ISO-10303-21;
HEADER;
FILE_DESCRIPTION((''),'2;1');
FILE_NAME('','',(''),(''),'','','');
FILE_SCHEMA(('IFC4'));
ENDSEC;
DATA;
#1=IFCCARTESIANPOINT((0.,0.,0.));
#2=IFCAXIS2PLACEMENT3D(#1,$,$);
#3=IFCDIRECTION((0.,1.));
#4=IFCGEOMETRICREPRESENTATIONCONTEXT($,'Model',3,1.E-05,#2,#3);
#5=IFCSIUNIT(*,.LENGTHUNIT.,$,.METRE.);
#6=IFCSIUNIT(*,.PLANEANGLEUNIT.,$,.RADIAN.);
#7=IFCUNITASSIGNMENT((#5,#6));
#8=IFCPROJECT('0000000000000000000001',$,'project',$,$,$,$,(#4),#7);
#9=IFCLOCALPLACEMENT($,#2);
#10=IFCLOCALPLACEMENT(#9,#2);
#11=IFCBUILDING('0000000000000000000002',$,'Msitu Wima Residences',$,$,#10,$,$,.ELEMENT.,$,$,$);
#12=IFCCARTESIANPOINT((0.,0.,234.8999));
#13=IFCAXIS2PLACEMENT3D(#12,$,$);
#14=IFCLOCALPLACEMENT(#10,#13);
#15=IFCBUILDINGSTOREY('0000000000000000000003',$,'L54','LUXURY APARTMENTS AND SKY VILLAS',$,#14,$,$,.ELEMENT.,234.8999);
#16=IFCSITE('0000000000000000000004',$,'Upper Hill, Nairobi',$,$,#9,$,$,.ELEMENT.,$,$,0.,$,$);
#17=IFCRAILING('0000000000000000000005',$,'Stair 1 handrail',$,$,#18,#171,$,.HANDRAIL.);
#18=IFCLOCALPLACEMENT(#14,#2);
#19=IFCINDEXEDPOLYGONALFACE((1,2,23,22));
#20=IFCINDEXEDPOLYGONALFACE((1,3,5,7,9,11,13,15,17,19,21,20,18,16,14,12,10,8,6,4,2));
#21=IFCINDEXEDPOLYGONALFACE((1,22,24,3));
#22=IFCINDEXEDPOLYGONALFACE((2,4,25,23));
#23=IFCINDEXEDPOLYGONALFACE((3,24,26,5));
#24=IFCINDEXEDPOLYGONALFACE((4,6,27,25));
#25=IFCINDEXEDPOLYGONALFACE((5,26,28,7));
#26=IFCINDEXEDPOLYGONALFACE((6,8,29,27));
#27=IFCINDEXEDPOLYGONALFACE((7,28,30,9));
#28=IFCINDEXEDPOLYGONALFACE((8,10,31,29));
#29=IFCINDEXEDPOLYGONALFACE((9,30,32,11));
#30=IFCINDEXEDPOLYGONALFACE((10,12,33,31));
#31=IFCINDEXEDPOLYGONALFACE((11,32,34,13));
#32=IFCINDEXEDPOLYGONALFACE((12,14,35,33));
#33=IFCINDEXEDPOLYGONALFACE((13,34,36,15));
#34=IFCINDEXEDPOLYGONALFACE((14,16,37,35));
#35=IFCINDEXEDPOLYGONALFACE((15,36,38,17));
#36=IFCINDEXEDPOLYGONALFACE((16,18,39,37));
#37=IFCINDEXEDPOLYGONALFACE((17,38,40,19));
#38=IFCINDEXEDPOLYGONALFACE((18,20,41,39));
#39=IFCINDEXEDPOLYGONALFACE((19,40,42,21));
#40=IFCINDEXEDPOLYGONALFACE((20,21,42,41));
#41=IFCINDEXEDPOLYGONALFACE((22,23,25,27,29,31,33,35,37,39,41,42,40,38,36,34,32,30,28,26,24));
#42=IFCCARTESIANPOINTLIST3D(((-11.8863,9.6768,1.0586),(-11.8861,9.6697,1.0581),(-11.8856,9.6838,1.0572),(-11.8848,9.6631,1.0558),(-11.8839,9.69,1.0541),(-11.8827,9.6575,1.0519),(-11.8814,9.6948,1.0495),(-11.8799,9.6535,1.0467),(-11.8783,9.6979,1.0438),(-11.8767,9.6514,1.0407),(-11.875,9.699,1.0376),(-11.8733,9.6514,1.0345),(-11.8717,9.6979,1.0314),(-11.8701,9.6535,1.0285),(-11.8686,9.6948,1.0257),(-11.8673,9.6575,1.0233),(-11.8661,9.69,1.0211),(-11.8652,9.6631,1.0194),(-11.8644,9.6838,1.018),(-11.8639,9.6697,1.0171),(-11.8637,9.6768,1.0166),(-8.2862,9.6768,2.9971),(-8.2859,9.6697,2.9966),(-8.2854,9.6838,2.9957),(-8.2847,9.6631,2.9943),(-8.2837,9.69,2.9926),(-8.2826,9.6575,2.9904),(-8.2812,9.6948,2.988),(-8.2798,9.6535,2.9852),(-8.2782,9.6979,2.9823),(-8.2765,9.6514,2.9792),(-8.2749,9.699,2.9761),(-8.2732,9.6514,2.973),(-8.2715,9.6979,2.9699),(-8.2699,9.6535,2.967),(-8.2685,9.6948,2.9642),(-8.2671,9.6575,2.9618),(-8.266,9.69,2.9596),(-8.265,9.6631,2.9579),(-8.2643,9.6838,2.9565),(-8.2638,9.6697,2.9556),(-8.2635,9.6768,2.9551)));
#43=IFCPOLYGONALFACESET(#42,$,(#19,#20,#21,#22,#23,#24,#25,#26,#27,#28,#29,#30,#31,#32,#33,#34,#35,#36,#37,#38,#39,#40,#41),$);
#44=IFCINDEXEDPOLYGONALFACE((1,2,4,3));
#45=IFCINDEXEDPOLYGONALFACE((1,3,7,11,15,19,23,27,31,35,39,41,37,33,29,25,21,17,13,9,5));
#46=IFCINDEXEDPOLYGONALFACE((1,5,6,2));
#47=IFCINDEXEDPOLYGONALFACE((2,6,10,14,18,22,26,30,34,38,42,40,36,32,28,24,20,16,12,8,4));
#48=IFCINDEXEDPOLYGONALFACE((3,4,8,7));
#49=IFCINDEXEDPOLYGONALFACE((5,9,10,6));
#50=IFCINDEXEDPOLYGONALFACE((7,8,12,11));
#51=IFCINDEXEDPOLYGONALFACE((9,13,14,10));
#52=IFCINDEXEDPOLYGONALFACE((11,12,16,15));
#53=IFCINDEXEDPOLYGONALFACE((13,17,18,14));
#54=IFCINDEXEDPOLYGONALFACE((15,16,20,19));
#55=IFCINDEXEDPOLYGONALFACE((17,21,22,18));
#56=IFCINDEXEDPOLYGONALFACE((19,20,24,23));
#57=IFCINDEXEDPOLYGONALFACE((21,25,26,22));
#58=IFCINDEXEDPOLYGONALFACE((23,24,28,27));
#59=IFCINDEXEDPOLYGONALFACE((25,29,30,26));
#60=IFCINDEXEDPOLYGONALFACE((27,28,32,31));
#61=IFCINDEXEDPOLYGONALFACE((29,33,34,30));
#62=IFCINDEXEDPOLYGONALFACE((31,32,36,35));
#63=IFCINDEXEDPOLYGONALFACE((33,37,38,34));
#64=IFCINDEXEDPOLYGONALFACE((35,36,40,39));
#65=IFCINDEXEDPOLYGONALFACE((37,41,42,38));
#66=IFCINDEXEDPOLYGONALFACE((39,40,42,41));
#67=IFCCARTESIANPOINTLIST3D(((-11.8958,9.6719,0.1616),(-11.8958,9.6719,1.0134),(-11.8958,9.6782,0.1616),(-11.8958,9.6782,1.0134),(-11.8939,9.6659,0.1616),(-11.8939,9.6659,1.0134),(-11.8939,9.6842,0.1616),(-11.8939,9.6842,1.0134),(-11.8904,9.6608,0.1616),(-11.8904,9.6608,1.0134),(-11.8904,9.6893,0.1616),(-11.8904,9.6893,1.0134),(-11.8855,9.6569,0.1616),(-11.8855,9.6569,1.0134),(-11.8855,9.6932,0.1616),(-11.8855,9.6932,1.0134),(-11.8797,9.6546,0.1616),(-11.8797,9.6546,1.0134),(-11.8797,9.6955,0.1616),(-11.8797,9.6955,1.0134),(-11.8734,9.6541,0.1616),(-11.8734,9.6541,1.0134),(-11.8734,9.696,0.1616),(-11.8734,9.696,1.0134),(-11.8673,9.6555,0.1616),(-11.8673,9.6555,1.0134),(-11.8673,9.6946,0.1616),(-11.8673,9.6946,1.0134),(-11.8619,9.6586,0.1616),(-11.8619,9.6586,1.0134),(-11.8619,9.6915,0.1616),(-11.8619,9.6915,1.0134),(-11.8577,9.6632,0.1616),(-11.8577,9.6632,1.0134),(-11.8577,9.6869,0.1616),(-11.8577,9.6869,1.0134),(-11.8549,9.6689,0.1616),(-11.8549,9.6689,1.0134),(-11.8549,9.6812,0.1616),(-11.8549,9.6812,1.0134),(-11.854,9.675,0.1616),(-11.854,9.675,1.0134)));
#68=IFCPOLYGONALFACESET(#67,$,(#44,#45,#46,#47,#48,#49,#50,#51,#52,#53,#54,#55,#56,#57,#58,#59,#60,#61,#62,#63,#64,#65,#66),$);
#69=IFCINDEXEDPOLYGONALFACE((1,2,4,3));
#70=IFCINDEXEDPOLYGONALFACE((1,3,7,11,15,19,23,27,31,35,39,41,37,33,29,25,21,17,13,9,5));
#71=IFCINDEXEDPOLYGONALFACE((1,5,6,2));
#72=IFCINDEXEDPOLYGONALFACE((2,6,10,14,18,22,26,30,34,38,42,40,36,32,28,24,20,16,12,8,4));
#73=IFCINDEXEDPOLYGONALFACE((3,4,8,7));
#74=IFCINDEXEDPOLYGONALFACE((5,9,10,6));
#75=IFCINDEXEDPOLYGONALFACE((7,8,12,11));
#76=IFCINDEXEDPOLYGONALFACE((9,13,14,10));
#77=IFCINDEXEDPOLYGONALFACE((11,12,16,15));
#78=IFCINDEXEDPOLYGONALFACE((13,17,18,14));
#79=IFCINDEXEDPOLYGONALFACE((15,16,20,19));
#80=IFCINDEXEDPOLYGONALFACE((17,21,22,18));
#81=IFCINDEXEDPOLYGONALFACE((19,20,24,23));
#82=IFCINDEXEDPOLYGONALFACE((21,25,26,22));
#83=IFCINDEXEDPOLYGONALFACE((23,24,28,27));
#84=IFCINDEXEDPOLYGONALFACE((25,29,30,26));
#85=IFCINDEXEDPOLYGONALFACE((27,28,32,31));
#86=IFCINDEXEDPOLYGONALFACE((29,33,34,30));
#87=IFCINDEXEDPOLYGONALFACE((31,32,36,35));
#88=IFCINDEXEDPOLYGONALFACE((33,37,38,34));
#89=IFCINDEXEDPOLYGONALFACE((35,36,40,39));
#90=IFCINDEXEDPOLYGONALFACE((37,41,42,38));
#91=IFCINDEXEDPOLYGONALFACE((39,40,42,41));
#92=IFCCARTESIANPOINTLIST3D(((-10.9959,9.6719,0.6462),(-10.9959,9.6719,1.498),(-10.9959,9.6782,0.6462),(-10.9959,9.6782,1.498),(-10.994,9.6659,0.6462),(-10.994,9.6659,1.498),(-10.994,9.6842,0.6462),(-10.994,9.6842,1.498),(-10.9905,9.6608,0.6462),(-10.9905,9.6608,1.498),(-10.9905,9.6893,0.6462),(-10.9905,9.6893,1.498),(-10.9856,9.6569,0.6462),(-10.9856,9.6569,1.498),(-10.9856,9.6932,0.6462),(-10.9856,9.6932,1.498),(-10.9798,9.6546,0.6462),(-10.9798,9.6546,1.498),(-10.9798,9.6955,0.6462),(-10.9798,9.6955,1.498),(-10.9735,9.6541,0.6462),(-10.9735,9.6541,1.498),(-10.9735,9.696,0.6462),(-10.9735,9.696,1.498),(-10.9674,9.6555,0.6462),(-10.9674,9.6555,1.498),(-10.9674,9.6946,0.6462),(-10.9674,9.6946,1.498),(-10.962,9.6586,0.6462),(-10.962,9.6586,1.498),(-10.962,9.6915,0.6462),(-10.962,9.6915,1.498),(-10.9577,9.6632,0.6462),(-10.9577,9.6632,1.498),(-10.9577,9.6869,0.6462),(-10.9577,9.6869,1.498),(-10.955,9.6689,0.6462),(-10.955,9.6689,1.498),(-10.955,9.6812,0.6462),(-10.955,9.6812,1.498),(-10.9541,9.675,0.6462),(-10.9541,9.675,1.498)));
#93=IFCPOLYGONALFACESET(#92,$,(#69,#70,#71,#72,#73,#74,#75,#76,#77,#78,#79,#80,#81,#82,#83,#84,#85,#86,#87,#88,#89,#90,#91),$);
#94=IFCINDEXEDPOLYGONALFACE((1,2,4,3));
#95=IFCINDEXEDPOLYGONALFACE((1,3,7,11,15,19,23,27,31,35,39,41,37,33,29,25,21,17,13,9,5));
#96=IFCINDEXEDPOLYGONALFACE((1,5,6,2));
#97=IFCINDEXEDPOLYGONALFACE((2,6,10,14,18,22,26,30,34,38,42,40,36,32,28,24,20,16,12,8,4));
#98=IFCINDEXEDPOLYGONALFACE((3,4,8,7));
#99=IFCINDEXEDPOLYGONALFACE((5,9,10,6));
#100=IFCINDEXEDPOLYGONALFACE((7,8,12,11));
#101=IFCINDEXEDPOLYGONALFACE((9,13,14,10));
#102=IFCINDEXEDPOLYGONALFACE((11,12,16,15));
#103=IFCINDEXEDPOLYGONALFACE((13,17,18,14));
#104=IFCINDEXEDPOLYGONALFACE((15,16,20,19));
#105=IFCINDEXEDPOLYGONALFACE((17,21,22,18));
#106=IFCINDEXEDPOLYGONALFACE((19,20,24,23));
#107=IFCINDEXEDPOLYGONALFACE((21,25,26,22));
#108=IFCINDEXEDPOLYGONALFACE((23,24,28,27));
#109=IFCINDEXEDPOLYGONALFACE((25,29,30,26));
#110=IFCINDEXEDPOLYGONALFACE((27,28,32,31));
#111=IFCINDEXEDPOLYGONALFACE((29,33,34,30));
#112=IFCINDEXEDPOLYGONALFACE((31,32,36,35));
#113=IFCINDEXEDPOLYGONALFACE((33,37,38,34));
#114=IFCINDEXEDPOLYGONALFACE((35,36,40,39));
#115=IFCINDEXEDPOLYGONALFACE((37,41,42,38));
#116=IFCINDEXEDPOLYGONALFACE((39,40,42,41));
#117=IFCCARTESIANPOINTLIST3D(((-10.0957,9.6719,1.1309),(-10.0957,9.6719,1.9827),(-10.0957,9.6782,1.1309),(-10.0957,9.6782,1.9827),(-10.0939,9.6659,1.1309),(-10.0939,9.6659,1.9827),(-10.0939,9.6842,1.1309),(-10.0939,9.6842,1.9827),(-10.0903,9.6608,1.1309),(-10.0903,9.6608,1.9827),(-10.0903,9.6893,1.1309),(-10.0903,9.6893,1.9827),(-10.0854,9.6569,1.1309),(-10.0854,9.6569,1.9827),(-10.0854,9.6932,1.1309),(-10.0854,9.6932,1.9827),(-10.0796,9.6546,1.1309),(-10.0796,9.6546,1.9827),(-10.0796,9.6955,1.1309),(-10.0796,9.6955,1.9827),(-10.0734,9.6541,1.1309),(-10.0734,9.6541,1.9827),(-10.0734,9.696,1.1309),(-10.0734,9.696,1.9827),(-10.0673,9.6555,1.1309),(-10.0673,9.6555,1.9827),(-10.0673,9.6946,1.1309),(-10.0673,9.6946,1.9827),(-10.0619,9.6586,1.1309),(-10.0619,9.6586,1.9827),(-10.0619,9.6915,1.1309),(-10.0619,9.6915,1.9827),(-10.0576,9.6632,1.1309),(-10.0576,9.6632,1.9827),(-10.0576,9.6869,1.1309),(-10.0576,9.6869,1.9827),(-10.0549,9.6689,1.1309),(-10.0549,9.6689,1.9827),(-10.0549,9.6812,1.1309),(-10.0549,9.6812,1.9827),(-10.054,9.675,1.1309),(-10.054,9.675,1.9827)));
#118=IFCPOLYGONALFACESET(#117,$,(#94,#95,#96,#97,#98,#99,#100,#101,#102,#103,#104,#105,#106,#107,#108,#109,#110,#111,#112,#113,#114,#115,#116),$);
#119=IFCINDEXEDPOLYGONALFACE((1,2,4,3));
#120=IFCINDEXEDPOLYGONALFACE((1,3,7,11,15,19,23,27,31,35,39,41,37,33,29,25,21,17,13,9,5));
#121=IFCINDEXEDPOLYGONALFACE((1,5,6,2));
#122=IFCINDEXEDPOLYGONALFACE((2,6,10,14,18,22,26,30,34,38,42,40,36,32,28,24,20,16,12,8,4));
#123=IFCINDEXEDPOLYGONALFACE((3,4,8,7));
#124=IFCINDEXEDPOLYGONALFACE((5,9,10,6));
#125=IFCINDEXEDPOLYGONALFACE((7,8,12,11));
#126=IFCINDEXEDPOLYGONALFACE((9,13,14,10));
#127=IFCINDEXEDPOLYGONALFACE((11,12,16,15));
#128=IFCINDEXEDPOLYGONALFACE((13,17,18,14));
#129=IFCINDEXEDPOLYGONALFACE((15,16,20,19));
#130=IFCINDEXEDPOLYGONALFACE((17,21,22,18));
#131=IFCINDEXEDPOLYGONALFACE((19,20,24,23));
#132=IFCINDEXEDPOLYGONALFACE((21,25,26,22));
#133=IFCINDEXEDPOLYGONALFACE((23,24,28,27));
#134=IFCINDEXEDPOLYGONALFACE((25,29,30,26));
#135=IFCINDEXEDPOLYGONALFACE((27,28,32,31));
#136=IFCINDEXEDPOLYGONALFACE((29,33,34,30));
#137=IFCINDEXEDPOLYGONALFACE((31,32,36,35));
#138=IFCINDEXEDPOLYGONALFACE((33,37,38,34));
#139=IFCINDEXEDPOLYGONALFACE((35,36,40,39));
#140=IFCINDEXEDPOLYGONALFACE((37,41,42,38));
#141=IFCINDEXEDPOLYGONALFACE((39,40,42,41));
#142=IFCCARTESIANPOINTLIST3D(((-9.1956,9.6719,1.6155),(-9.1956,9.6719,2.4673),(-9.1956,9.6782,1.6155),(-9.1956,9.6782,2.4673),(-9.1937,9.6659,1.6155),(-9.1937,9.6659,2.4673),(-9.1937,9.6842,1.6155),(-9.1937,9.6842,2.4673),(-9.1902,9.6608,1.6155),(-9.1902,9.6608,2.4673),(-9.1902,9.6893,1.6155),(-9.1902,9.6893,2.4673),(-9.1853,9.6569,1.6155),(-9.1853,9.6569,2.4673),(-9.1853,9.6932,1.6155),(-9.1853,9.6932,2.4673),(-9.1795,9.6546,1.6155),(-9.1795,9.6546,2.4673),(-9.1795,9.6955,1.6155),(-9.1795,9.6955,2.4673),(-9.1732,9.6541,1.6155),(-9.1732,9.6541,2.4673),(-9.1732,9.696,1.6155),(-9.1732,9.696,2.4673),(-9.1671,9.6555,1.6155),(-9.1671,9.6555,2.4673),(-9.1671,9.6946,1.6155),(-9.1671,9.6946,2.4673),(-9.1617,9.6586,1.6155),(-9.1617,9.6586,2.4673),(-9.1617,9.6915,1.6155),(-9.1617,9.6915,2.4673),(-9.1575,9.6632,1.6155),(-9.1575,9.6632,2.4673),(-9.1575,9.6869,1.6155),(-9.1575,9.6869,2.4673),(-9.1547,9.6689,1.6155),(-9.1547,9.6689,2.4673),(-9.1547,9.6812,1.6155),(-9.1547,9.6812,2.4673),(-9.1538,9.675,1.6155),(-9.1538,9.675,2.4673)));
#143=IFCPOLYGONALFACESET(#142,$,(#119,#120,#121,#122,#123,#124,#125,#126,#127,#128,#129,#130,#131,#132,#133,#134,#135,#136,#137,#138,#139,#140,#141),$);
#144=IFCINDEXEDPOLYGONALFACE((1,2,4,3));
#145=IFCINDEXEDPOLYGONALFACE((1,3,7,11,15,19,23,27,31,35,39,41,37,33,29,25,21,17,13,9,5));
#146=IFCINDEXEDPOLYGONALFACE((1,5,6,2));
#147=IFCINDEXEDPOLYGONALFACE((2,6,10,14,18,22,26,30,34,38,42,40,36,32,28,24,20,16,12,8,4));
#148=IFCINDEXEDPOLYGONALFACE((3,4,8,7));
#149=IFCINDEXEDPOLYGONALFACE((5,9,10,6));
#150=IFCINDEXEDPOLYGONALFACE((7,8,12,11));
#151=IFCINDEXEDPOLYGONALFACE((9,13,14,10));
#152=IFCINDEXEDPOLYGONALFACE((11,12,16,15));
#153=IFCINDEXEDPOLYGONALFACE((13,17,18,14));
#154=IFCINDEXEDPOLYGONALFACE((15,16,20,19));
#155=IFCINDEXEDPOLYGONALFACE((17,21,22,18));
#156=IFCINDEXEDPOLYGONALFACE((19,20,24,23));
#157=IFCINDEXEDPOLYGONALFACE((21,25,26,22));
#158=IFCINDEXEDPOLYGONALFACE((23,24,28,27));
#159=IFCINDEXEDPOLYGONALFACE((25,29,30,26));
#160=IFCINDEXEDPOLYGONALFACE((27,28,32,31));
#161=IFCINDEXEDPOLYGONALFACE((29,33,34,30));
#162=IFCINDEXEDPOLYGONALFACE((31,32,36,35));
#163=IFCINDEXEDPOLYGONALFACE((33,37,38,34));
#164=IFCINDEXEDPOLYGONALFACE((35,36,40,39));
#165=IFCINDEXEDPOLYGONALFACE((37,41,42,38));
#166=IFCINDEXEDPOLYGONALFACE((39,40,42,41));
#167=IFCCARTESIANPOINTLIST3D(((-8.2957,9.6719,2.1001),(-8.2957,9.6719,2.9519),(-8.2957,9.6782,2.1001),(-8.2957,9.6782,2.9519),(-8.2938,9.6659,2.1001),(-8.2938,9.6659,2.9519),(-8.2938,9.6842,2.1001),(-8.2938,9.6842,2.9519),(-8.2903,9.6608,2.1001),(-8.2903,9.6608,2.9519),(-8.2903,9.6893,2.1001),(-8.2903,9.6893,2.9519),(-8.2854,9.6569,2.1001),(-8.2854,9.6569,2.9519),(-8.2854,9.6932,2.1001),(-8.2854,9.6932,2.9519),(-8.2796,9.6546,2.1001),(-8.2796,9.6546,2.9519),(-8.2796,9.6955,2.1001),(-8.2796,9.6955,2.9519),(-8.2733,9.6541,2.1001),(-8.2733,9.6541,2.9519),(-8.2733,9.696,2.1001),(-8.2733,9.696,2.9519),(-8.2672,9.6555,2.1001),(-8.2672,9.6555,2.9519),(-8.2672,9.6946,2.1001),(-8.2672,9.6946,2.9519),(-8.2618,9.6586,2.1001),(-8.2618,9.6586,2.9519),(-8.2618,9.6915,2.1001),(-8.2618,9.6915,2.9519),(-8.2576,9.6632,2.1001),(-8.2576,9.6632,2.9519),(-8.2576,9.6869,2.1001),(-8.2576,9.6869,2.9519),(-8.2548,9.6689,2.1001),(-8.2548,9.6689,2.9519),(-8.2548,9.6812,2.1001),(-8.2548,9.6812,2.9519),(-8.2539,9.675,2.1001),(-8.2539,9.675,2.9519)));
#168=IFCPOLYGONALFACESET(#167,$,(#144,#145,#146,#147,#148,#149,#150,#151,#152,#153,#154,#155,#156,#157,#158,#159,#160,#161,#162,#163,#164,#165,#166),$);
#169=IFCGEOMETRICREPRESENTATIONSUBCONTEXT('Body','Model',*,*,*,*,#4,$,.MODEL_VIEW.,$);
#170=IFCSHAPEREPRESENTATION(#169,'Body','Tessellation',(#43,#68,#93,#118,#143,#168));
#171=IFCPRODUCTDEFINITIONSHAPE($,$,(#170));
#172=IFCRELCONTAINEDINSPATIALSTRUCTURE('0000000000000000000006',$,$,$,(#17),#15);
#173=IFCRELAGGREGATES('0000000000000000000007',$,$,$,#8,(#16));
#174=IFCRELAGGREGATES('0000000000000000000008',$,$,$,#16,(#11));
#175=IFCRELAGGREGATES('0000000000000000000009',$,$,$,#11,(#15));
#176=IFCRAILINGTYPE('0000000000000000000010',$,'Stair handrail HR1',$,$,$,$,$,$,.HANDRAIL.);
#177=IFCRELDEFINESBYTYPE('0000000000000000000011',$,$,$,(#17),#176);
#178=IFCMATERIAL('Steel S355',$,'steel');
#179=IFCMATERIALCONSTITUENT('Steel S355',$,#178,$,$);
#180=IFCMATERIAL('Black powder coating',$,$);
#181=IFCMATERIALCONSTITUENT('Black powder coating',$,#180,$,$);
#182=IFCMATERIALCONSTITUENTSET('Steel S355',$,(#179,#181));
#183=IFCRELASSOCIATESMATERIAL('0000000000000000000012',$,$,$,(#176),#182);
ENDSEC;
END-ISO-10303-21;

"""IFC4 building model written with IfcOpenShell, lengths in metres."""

from ifc_helpers import new_model, si_unit, direction, frame, origin, origin_2d, place, context, subcontext, project, spatial, circle, extrude, material, constituent, constituent_set, type_object, element, save


model = new_model("IFC4")

# Units and contexts
model_context = context("Model", 3, precision=1e-05, world=origin(), true_north=direction((0.0, 1.0)))
body_context = subcontext(model_context, "Body", "Model", "MODEL_VIEW")
ifc_project = project(units=[si_unit("LENGTHUNIT", "METRE"), si_unit("PLANEANGLEUNIT", "RADIAN")], contexts=[model_context])

# Site, building, storey
site_placement = place(None, origin())
site = spatial("IfcSite", under=ifc_project, at=site_placement, Name="Upper Hill, Nairobi", CompositionType="ELEMENT", RefElevation=0.0)
building_placement = place(site_placement, origin())
building = spatial("IfcBuilding", under=site, at=building_placement, Name="Msitu Wima Residences", CompositionType="ELEMENT")
storey_placement = place(building_placement, frame((0.0, 0.0, 234.8999)))
storey = spatial("IfcBuildingStorey", under=building, at=storey_placement, Name="L54", Description="LUXURY APARTMENTS AND SKY VILLAS", CompositionType="ELEMENT", Elevation=234.8999)

# Railing
ifc_material_1 = material(Name="Steel S355", Category="steel")
ifc_constituent_1 = constituent(ifc_material_1, Name="Steel S355")
ifc_material_2 = material(Name="Black powder coating")
ifc_constituent_2 = constituent(ifc_material_2, Name="Black powder coating")
ifc_constituent_set = constituent_set(constituents=[ifc_constituent_1, ifc_constituent_2], Name="Steel S355")
railing_type = type_object("IfcRailingType", Name="Stair handrail HR1", PredefinedType="HANDRAIL", material=ifc_constituent_set)
for number, where, name in (
    (1, (-11.875, 9.675, 0.1616), "Stair 1 handrail"),
):
    element("IfcRailing", number, at=place(storey_placement, frame(where)), inside=storey, type_object=railing_type, Name=name, PredefinedType="HANDRAIL", context=body_context, shape_type="SweptSolid", body=[
        extrude(circle(Radius=0.0239, at=origin_2d()), frame((0.0, 0.0, 0.876), z_axis=(0.880475, 0.0, 0.474093), x_axis=(0.0, 1.0, 0.0)), (0.0, 0.0, 1.0), 4.0889),
        extrude(circle(Radius=0.021, at=origin_2d()), origin(), (0.0, 0.0, 1.0), 0.8518),
        extrude(circle(Radius=0.021, at=origin_2d()), frame((0.8999, 0.0, 0.4846)), (0.0, 0.0, 1.0), 0.8518),
        extrude(circle(Radius=0.021, at=origin_2d()), frame((1.8, 0.0, 0.9692)), (0.0, 0.0, 1.0), 0.8518),
        extrude(circle(Radius=0.021, at=origin_2d()), frame((2.7002, 0.0, 1.4539)), (0.0, 0.0, 1.0), 0.8518),
        extrude(circle(Radius=0.021, at=origin_2d()), frame((3.6001, 0.0, 1.9385)), (0.0, 0.0, 1.0), 0.8518),
    ])

save(model, "model.ifc")
